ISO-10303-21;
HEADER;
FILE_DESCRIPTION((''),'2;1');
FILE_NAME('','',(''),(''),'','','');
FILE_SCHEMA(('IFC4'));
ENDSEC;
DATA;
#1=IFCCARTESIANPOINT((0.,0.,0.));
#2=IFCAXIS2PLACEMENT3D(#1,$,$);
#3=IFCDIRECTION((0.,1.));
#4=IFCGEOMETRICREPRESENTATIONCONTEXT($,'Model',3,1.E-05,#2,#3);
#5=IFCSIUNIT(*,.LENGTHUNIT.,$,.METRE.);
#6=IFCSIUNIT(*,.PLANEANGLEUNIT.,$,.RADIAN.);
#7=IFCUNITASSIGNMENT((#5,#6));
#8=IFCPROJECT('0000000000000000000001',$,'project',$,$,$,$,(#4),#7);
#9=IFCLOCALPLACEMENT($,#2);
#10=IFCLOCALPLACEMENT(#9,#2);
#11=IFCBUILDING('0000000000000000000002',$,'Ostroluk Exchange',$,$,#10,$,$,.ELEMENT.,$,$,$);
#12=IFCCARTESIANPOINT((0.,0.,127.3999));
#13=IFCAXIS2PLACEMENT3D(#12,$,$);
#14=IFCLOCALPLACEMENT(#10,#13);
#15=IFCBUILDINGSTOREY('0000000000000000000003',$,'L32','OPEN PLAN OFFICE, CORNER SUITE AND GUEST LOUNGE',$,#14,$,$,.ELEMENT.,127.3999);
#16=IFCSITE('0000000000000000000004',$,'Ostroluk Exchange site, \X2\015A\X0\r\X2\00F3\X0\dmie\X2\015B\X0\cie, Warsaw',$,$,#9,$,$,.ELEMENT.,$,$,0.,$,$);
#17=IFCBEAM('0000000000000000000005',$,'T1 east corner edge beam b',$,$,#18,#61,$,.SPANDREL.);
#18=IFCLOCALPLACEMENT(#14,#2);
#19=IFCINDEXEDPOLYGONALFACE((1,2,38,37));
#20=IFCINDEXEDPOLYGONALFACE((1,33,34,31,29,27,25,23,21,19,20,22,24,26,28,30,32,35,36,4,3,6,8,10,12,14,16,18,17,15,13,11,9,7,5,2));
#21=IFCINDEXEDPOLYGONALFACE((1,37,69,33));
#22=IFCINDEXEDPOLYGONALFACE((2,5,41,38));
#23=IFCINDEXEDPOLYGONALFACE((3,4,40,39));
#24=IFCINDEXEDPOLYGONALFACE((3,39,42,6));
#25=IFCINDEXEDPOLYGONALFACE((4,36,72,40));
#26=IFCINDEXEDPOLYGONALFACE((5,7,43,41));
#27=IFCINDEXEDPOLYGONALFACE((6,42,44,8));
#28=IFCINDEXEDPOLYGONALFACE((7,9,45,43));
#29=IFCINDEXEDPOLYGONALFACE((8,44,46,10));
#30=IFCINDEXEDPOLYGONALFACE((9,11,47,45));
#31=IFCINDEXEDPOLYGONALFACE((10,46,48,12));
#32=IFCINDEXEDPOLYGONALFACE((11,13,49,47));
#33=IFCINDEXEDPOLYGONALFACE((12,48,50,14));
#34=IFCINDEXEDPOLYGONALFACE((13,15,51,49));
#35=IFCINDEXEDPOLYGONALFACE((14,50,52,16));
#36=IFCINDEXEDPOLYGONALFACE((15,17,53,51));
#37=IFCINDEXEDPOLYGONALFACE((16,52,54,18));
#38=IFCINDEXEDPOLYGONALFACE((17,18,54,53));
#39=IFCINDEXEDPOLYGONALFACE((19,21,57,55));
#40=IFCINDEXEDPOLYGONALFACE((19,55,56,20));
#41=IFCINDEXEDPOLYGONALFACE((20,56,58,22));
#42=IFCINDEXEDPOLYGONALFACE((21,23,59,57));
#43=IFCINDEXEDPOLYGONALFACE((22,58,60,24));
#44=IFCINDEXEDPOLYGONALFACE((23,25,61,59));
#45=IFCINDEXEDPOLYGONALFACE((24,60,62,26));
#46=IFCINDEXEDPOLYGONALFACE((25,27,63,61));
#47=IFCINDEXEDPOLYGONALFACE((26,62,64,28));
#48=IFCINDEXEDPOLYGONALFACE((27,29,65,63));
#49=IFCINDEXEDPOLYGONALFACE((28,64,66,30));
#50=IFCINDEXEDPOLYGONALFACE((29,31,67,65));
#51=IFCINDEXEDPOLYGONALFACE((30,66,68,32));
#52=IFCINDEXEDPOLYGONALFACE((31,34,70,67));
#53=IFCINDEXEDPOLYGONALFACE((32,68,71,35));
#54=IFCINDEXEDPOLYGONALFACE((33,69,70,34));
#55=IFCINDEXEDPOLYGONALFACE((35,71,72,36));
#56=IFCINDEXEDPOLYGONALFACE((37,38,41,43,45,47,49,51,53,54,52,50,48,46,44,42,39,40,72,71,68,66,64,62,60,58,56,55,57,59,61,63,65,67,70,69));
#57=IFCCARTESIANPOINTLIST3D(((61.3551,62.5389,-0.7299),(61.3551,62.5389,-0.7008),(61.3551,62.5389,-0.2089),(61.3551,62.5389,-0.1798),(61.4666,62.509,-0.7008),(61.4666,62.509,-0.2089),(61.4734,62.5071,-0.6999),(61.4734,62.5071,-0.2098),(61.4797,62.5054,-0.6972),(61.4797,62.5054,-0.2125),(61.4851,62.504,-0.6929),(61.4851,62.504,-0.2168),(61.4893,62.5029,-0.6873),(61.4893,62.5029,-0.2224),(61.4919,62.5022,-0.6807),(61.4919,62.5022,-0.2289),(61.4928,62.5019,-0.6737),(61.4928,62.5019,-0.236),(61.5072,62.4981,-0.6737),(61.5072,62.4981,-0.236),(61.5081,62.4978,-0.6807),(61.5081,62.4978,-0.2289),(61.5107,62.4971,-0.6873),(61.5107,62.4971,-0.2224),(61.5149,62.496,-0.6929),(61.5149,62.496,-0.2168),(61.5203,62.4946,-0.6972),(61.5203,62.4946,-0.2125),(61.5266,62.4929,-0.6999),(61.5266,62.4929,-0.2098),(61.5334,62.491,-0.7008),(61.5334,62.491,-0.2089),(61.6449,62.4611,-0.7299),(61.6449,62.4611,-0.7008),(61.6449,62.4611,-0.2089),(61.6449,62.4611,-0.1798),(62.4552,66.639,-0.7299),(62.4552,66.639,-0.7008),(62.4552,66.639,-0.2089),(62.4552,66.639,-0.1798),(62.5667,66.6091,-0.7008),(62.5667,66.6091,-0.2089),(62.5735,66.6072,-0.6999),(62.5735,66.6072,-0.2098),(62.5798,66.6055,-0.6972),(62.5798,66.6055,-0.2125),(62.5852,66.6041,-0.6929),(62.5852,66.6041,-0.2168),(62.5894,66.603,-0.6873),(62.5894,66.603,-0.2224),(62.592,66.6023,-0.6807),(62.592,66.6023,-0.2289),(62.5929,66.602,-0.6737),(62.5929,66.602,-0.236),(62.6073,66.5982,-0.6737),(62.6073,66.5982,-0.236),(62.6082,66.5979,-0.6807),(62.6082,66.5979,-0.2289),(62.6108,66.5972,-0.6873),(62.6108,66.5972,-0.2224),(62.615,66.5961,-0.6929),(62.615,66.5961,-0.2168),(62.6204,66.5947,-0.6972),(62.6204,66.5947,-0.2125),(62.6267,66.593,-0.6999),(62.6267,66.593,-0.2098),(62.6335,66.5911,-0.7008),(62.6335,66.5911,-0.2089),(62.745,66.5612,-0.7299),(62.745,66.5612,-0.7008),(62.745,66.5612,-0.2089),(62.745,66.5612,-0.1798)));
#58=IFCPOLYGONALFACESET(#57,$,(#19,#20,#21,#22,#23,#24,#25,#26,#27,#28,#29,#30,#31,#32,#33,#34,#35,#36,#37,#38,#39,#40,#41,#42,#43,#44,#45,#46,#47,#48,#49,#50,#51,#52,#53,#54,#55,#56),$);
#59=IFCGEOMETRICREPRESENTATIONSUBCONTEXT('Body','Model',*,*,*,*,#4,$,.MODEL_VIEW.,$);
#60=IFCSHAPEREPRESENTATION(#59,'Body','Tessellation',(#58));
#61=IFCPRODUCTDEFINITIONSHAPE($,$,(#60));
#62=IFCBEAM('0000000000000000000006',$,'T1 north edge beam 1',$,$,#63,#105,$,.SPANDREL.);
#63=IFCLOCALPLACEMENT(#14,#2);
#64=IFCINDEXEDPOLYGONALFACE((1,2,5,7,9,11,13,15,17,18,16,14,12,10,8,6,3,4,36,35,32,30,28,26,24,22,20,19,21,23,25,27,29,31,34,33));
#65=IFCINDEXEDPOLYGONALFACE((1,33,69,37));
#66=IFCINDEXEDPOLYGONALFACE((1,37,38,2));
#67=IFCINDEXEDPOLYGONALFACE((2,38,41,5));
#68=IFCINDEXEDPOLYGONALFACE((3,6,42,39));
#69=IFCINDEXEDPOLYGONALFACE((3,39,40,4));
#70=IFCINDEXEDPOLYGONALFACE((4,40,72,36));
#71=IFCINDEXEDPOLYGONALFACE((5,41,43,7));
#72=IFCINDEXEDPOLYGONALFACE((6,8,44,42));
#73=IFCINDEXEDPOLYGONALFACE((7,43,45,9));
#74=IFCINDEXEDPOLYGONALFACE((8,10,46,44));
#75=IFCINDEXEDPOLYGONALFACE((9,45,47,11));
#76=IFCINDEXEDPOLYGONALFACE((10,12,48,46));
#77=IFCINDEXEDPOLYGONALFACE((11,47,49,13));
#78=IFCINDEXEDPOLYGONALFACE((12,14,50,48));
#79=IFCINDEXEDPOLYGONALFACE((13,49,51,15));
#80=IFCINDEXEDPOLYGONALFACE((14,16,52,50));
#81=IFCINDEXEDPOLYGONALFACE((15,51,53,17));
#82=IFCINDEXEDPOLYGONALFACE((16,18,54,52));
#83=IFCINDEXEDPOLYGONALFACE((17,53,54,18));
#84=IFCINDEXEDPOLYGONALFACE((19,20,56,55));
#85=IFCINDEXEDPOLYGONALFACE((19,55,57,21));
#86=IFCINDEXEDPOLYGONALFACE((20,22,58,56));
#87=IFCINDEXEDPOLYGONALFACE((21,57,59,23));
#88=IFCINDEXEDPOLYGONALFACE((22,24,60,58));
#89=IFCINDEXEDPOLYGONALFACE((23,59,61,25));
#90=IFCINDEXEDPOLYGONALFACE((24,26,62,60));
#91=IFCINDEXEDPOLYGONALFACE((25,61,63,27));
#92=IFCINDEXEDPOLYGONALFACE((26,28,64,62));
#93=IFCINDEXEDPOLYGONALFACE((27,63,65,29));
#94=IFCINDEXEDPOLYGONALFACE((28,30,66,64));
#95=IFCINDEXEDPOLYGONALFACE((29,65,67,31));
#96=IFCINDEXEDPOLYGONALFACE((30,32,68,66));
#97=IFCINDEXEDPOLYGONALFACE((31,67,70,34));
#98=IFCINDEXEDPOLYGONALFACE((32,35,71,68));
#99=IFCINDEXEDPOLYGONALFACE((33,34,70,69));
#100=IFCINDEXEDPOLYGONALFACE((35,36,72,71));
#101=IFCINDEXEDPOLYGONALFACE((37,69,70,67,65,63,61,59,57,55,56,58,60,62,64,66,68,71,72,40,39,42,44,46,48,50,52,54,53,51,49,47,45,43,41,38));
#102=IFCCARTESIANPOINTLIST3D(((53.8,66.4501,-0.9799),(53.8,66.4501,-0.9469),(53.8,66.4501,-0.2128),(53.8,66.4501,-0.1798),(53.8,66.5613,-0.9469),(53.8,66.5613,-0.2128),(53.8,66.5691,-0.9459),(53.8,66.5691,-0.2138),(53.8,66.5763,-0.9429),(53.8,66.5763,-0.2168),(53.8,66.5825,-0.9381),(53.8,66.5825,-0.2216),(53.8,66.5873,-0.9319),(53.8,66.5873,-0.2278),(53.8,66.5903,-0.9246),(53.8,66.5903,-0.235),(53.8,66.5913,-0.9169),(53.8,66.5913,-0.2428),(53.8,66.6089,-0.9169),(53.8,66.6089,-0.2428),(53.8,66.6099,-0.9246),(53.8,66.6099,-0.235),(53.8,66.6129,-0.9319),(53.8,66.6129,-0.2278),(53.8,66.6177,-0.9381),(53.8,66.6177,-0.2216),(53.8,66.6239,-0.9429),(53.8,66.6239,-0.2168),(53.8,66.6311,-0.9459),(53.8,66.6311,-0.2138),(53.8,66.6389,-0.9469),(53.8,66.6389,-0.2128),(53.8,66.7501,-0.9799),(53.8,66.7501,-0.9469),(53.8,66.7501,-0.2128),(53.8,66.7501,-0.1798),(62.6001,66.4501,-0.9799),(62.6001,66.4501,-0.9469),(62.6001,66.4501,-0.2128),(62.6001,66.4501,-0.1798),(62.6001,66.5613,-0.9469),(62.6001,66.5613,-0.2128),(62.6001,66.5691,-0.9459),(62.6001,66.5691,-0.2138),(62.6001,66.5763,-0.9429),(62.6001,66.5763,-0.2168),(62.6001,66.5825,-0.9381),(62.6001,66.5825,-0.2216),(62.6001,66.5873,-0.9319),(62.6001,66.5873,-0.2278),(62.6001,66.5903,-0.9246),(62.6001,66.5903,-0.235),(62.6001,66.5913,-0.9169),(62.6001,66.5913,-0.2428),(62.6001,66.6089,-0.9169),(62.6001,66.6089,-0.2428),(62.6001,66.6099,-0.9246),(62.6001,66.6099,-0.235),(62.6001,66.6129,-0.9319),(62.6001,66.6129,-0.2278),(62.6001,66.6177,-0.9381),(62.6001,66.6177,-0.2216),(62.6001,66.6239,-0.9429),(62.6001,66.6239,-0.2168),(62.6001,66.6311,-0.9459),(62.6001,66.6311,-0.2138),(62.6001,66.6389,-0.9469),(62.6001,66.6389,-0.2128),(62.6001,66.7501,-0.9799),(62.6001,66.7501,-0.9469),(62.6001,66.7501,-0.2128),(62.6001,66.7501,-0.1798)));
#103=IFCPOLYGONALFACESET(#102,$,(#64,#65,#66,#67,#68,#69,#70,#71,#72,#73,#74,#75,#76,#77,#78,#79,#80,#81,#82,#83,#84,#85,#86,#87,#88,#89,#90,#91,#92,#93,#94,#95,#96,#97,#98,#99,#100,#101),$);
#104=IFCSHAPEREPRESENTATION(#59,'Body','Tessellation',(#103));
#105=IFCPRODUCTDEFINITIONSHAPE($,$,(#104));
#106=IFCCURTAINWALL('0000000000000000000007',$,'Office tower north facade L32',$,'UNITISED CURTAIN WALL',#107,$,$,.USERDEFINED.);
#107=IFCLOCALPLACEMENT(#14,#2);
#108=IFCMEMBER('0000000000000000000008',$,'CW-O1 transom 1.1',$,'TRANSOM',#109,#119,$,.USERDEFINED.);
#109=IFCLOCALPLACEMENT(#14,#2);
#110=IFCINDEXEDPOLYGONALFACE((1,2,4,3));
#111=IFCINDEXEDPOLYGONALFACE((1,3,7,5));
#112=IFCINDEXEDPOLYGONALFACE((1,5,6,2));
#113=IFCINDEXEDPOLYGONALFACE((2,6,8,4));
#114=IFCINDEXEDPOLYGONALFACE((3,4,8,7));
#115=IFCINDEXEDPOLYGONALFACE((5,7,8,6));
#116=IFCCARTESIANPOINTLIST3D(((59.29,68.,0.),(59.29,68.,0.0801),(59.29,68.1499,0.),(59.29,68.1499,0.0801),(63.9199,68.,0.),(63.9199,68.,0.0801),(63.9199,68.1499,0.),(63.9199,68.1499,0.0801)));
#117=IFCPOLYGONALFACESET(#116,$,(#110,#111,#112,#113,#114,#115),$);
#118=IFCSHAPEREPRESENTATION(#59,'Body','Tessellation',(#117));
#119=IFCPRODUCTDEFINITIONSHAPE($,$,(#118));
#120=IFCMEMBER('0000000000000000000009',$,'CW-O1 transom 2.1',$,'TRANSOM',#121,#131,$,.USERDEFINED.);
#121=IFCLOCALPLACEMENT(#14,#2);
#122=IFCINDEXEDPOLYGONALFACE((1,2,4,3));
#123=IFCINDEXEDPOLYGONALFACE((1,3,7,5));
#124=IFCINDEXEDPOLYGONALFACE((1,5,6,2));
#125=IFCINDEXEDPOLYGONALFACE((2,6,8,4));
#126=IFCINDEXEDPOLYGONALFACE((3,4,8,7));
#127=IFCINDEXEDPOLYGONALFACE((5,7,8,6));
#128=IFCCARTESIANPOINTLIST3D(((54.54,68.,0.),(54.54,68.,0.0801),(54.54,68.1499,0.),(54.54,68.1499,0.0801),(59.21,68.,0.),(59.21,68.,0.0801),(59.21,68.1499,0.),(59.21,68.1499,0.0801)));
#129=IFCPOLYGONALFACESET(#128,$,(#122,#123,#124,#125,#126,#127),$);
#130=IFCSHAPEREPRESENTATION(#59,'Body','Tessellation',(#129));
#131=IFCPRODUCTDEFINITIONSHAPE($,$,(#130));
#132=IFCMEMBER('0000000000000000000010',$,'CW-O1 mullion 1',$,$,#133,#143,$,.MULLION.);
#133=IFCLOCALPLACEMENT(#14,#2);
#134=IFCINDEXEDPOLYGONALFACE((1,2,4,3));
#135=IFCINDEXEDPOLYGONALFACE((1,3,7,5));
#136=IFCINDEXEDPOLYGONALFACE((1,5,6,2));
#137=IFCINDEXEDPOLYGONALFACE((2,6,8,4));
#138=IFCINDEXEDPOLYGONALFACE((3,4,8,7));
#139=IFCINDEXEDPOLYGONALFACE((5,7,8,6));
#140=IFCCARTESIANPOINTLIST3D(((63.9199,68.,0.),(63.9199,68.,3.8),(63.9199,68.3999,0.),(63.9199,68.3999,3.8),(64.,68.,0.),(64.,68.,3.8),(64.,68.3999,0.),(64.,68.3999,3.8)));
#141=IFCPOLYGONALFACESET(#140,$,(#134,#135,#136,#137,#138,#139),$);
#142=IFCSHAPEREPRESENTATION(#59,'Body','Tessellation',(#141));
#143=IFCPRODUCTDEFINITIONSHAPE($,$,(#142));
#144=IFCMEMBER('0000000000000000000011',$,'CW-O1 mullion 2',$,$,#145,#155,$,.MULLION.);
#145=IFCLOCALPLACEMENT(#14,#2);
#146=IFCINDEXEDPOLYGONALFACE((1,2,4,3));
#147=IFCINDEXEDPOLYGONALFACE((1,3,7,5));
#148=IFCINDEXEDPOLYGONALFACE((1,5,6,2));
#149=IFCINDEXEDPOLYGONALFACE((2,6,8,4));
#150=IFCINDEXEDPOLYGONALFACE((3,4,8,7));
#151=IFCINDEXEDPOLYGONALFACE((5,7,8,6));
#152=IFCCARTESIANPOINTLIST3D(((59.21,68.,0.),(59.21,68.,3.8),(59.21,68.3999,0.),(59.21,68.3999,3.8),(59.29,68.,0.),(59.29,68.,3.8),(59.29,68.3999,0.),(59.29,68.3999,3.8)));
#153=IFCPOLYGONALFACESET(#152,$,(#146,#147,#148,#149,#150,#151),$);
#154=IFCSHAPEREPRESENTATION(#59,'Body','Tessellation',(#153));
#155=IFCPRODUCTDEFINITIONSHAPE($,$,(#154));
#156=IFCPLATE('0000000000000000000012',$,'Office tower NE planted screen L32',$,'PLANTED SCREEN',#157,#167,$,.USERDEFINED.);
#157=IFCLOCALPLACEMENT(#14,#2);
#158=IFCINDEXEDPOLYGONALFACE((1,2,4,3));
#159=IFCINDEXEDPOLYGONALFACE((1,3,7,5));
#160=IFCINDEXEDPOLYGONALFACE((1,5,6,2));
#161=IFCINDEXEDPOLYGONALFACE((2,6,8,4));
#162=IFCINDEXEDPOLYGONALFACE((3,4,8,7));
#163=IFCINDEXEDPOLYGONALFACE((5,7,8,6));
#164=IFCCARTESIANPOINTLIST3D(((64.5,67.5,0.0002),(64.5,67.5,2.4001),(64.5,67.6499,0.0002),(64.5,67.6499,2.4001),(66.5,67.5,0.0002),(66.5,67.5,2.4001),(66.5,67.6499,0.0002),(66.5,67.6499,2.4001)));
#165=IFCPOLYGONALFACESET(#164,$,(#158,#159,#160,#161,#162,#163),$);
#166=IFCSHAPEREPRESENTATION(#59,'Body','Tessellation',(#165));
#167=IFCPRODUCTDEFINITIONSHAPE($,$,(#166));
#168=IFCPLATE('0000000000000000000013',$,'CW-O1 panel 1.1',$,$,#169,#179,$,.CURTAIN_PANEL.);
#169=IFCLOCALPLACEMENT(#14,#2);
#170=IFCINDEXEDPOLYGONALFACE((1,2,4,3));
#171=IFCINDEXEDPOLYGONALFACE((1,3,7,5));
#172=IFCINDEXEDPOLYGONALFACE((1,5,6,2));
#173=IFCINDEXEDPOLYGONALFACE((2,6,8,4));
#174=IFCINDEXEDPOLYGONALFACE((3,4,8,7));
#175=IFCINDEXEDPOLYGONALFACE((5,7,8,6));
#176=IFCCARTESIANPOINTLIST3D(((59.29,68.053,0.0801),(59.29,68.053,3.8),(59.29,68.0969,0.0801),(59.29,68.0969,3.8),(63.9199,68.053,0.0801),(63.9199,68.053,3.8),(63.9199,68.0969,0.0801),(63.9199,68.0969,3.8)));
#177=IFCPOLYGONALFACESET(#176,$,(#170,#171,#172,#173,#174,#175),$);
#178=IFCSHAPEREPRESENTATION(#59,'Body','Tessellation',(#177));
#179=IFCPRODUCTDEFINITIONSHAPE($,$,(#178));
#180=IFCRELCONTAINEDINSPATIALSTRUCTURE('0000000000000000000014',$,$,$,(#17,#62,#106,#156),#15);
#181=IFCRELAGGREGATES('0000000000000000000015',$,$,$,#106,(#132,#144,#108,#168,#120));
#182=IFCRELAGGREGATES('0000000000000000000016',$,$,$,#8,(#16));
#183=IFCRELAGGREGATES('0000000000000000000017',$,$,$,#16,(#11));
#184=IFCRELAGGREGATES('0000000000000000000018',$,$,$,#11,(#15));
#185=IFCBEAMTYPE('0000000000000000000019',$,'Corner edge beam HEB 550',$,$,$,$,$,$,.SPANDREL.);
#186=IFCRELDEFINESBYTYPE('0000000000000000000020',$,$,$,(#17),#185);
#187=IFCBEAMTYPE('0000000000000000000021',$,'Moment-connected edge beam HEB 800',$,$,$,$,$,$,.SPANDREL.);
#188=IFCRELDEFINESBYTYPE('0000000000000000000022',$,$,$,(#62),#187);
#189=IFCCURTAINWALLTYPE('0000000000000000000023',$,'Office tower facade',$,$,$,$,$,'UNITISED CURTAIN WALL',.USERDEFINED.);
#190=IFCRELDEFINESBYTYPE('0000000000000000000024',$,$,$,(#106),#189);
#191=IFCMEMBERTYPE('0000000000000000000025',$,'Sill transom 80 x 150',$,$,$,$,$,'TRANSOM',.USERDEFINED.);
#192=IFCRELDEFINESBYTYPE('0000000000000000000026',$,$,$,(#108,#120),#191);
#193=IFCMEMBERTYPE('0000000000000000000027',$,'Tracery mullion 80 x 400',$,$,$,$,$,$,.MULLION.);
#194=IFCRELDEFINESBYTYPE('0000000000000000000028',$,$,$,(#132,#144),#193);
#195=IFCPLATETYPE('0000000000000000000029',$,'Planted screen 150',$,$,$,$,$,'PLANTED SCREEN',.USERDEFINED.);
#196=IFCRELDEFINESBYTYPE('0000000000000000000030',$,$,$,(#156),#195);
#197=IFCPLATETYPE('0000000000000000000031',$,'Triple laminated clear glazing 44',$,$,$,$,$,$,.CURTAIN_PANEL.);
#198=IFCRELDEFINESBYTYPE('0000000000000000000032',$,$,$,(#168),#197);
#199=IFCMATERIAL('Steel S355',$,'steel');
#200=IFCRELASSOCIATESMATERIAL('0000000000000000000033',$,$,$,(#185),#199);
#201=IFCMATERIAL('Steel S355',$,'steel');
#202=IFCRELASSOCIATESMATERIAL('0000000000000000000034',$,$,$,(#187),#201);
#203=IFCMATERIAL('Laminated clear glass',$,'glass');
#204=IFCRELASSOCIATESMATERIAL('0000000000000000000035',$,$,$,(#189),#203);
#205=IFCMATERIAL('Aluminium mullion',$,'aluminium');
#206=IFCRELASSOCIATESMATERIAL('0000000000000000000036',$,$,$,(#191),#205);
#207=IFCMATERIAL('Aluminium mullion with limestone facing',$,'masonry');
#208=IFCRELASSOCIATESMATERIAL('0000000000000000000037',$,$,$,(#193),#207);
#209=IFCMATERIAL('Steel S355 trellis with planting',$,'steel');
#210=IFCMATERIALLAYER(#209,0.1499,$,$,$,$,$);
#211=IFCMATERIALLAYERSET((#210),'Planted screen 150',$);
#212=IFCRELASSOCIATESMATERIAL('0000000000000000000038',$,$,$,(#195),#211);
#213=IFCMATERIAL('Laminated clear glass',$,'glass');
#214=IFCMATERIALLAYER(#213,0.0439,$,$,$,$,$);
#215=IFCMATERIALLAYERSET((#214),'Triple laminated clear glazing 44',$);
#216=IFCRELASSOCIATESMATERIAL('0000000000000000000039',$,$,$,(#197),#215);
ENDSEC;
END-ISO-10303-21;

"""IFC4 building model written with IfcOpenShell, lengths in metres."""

from ifc_helpers import new_model, si_unit, direction, frame, origin, origin_2d, place, context, subcontext, project, spatial, rectangle, i_section, extrude, material, layer, layer_set, material_profile, profile_set, type_object, element, aggregate, save


model = new_model("IFC4")

# Units and contexts
model_context = context("Model", 3, precision=1e-05, world=origin(), true_north=direction((0.0, 1.0)))
body_context = subcontext(model_context, "Body", "Model", "MODEL_VIEW")
ifc_project = project(units=[si_unit("LENGTHUNIT", "METRE"), si_unit("PLANEANGLEUNIT", "RADIAN")], contexts=[model_context])

# Site, building, storey
site_placement = place(None, origin())
site = spatial("IfcSite", under=ifc_project, at=site_placement, Name="Ostroluk Exchange site, Śródmieście, Warsaw", CompositionType="ELEMENT", RefElevation=0.0)
building_placement = place(site_placement, origin())
building = spatial("IfcBuilding", under=site, at=building_placement, Name="Ostroluk Exchange", CompositionType="ELEMENT")
storey_placement = place(building_placement, frame((0.0, 0.0, 127.3999)))
storey = spatial("IfcBuildingStorey", under=building, at=storey_placement, Name="L32", Description="OPEN PLAN OFFICE, CORNER SUITE AND GUEST LOUNGE", CompositionType="ELEMENT", Elevation=127.3999)

# Beams
ifc_material_1 = material(Name="Steel S355", Category="steel")
ifc_material_profile_1 = material_profile(ifc_material_1, i_section(OverallWidth=0.3, OverallDepth=0.55, WebThickness=0.0149, FlangeThickness=0.0291, FilletRadius=0.0271, at=origin_2d()), Name="HEB 550")
ifc_profile_set_1 = profile_set([ifc_material_profile_1], Name="Steel S355")
beam_type_1 = type_object("IfcBeamType", Name="Corner edge beam HEB 550", PredefinedType="SPANDREL", material=ifc_profile_set_1)
for number, where, z_axis, x_axis, name in (
    (1, (61.5, 62.5, -0.4548), (0.259144, 0.965839, 0.0), (-0.965839, 0.259144, 0.0), "T1 east corner edge beam b"),
):
    element("IfcBeam", number, at=place(storey_placement, frame(where, z_axis=z_axis, x_axis=x_axis)), inside=storey, type_object=beam_type_1, Name=name, PredefinedType="SPANDREL", context=body_context, shape_type="SweptSolid", body=[
        extrude(i_section(OverallWidth=0.3, OverallDepth=0.55, WebThickness=0.0149, FlangeThickness=0.0291, FilletRadius=0.0271, at=origin_2d()), origin(), (0.0, 0.0, 1.0), 4.2451),
    ])
ifc_material_2 = material(Name="Steel S355", Category="steel")
ifc_material_profile_2 = material_profile(ifc_material_2, i_section(OverallWidth=0.3, OverallDepth=0.8, WebThickness=0.0176, FlangeThickness=0.033, FilletRadius=0.03, at=origin_2d()), Name="HEB 800")
ifc_profile_set_2 = profile_set([ifc_material_profile_2], Name="Steel S355")
beam_type_2 = type_object("IfcBeamType", Name="Moment-connected edge beam HEB 800", PredefinedType="SPANDREL", material=ifc_profile_set_2)
beam_1_placement = place(storey_placement, frame((62.6001, 66.6001, -0.5798), z_axis=(-1.0, 0.0, 0.0), x_axis=(0.0, -1.0, 0.0)))
element("IfcBeam", 2, at=beam_1_placement, inside=storey, type_object=beam_type_2, Name="T1 north edge beam 1", PredefinedType="SPANDREL", context=body_context, shape_type="SweptSolid", body=[
    extrude(i_section(OverallWidth=0.3, OverallDepth=0.8, WebThickness=0.0176, FlangeThickness=0.033, FilletRadius=0.03, at=origin_2d()), origin(), (0.0, 0.0, 1.0), 8.8),
])

# Curtain wall, members
ifc_material_3 = material(Name="Laminated clear glass", Category="glass")
curtain_wall_type = type_object("IfcCurtainWallType", Name="Office tower facade", ElementType="UNITISED CURTAIN WALL", PredefinedType="USERDEFINED", material=ifc_material_3)
curtain_wall_placement = place(storey_placement, origin())
curtain_wall = element("IfcCurtainWall", 3, at=curtain_wall_placement, inside=storey, type_object=curtain_wall_type, Name="Office tower north facade L32", ObjectType="UNITISED CURTAIN WALL", PredefinedType="USERDEFINED")
ifc_material_4 = material(Name="Aluminium mullion", Category="aluminium")
ifc_material_profile_3 = material_profile(ifc_material_4, rectangle(XDim=0.1499, YDim=0.0801, at=origin_2d()), Name="Sill transom 80 x 150")
ifc_profile_set_3 = profile_set([ifc_material_profile_3], Name="Aluminium mullion")
member_type_1 = type_object("IfcMemberType", Name="Sill transom 80 x 150", ElementType="TRANSOM", PredefinedType="USERDEFINED", material=ifc_profile_set_3)
member_1_placement = place(storey_placement, frame((63.9199, 68.075, 0.04), z_axis=(-1.0, 0.0, 0.0), x_axis=(0.0, -1.0, 0.0)))
member_1 = element("IfcMember", 4, at=member_1_placement, type_object=member_type_1, Name="CW-O1 transom 1.1", ObjectType="TRANSOM", PredefinedType="USERDEFINED", context=body_context, shape_type="SweptSolid", body=[
    extrude(rectangle(XDim=0.1499, YDim=0.0801, at=origin_2d()), origin(), (0.0, 0.0, 1.0), 4.6299),
])
member_2_placement = place(storey_placement, frame((59.21, 68.075, 0.04), z_axis=(-1.0, 0.0, 0.0), x_axis=(0.0, -1.0, 0.0)))
member_2 = element("IfcMember", 5, at=member_2_placement, type_object=member_type_1, Name="CW-O1 transom 2.1", ObjectType="TRANSOM", PredefinedType="USERDEFINED", context=body_context, shape_type="SweptSolid", body=[
    extrude(rectangle(XDim=0.1499, YDim=0.0801, at=origin_2d()), origin(), (0.0, 0.0, 1.0), 4.6699),
])
ifc_material_5 = material(Name="Aluminium mullion with limestone facing", Category="masonry")
ifc_material_profile_4 = material_profile(ifc_material_5, rectangle(XDim=0.3999, YDim=0.0801, at=origin_2d()), Name="Tracery mullion 80 x 400")
ifc_profile_set_4 = profile_set([ifc_material_profile_4], Name="Aluminium mullion with limestone facing")
member_type_2 = type_object("IfcMemberType", Name="Tracery mullion 80 x 400", PredefinedType="MULLION", material=ifc_profile_set_4)
member_3_placement = place(storey_placement, frame((63.96, 68.2, 0.0), z_axis=(0.0, 0.0, 1.0), x_axis=(0.0, -1.0, 0.0)))
member_3 = element("IfcMember", 6, at=member_3_placement, type_object=member_type_2, Name="CW-O1 mullion 1", PredefinedType="MULLION", context=body_context, shape_type="SweptSolid", body=[
    extrude(rectangle(XDim=0.3999, YDim=0.0801, at=origin_2d()), origin(), (0.0, 0.0, 1.0), 3.8),
])
member_4_placement = place(storey_placement, frame((59.25, 68.2, 0.0), z_axis=(0.0, 0.0, 1.0), x_axis=(0.0, -1.0, 0.0)))
member_4 = element("IfcMember", 7, at=member_4_placement, type_object=member_type_2, Name="CW-O1 mullion 2", PredefinedType="MULLION", context=body_context, shape_type="SweptSolid", body=[
    extrude(rectangle(XDim=0.3999, YDim=0.0801, at=origin_2d()), origin(), (0.0, 0.0, 1.0), 3.8),
])

# Plates
ifc_material_6 = material(Name="Steel S355 trellis with planting", Category="steel")
ifc_layer_1 = layer(ifc_material_6, 0.1499)
ifc_layer_set_1 = layer_set([ifc_layer_1], Name="Planted screen 150")
plate_type_1 = type_object("IfcPlateType", Name="Planted screen 150", ElementType="PLANTED SCREEN", PredefinedType="USERDEFINED", material=ifc_layer_set_1)
plate_1_placement = place(storey_placement, frame((65.5, 67.575, 0.0002), z_axis=(0.0, 0.0, 1.0), x_axis=(1.0, 0.0, 0.0)))
element("IfcPlate", 8, at=plate_1_placement, inside=storey, type_object=plate_type_1, Name="Office tower NE planted screen L32", ObjectType="PLANTED SCREEN", PredefinedType="USERDEFINED", context=body_context, shape_type="SweptSolid", body=[
    extrude(rectangle(XDim=2.0, YDim=0.1499, at=origin_2d()), origin(), (0.0, 0.0, 1.0), 2.3999),
])
ifc_material_7 = material(Name="Laminated clear glass", Category="glass")
ifc_layer_2 = layer(ifc_material_7, 0.0439)
ifc_layer_set_2 = layer_set([ifc_layer_2], Name="Triple laminated clear glazing 44")
plate_type_2 = type_object("IfcPlateType", Name="Triple laminated clear glazing 44", PredefinedType="CURTAIN_PANEL", material=ifc_layer_set_2)
plate_2_placement = place(storey_placement, frame((61.605, 68.075, 0.0801), z_axis=(0.0, 0.0, 1.0), x_axis=(-1.0, 0.0, 0.0)))
plate_2 = element("IfcPlate", 9, at=plate_2_placement, type_object=plate_type_2, Name="CW-O1 panel 1.1", PredefinedType="CURTAIN_PANEL", context=body_context, shape_type="SweptSolid", body=[
    extrude(rectangle(XDim=4.6299, YDim=0.0439, at=origin_2d()), origin(), (0.0, 0.0, 1.0), 3.72),
])
aggregate(curtain_wall, [member_3, member_4, member_1, plate_2, member_2])

save(model, "model.ifc")
